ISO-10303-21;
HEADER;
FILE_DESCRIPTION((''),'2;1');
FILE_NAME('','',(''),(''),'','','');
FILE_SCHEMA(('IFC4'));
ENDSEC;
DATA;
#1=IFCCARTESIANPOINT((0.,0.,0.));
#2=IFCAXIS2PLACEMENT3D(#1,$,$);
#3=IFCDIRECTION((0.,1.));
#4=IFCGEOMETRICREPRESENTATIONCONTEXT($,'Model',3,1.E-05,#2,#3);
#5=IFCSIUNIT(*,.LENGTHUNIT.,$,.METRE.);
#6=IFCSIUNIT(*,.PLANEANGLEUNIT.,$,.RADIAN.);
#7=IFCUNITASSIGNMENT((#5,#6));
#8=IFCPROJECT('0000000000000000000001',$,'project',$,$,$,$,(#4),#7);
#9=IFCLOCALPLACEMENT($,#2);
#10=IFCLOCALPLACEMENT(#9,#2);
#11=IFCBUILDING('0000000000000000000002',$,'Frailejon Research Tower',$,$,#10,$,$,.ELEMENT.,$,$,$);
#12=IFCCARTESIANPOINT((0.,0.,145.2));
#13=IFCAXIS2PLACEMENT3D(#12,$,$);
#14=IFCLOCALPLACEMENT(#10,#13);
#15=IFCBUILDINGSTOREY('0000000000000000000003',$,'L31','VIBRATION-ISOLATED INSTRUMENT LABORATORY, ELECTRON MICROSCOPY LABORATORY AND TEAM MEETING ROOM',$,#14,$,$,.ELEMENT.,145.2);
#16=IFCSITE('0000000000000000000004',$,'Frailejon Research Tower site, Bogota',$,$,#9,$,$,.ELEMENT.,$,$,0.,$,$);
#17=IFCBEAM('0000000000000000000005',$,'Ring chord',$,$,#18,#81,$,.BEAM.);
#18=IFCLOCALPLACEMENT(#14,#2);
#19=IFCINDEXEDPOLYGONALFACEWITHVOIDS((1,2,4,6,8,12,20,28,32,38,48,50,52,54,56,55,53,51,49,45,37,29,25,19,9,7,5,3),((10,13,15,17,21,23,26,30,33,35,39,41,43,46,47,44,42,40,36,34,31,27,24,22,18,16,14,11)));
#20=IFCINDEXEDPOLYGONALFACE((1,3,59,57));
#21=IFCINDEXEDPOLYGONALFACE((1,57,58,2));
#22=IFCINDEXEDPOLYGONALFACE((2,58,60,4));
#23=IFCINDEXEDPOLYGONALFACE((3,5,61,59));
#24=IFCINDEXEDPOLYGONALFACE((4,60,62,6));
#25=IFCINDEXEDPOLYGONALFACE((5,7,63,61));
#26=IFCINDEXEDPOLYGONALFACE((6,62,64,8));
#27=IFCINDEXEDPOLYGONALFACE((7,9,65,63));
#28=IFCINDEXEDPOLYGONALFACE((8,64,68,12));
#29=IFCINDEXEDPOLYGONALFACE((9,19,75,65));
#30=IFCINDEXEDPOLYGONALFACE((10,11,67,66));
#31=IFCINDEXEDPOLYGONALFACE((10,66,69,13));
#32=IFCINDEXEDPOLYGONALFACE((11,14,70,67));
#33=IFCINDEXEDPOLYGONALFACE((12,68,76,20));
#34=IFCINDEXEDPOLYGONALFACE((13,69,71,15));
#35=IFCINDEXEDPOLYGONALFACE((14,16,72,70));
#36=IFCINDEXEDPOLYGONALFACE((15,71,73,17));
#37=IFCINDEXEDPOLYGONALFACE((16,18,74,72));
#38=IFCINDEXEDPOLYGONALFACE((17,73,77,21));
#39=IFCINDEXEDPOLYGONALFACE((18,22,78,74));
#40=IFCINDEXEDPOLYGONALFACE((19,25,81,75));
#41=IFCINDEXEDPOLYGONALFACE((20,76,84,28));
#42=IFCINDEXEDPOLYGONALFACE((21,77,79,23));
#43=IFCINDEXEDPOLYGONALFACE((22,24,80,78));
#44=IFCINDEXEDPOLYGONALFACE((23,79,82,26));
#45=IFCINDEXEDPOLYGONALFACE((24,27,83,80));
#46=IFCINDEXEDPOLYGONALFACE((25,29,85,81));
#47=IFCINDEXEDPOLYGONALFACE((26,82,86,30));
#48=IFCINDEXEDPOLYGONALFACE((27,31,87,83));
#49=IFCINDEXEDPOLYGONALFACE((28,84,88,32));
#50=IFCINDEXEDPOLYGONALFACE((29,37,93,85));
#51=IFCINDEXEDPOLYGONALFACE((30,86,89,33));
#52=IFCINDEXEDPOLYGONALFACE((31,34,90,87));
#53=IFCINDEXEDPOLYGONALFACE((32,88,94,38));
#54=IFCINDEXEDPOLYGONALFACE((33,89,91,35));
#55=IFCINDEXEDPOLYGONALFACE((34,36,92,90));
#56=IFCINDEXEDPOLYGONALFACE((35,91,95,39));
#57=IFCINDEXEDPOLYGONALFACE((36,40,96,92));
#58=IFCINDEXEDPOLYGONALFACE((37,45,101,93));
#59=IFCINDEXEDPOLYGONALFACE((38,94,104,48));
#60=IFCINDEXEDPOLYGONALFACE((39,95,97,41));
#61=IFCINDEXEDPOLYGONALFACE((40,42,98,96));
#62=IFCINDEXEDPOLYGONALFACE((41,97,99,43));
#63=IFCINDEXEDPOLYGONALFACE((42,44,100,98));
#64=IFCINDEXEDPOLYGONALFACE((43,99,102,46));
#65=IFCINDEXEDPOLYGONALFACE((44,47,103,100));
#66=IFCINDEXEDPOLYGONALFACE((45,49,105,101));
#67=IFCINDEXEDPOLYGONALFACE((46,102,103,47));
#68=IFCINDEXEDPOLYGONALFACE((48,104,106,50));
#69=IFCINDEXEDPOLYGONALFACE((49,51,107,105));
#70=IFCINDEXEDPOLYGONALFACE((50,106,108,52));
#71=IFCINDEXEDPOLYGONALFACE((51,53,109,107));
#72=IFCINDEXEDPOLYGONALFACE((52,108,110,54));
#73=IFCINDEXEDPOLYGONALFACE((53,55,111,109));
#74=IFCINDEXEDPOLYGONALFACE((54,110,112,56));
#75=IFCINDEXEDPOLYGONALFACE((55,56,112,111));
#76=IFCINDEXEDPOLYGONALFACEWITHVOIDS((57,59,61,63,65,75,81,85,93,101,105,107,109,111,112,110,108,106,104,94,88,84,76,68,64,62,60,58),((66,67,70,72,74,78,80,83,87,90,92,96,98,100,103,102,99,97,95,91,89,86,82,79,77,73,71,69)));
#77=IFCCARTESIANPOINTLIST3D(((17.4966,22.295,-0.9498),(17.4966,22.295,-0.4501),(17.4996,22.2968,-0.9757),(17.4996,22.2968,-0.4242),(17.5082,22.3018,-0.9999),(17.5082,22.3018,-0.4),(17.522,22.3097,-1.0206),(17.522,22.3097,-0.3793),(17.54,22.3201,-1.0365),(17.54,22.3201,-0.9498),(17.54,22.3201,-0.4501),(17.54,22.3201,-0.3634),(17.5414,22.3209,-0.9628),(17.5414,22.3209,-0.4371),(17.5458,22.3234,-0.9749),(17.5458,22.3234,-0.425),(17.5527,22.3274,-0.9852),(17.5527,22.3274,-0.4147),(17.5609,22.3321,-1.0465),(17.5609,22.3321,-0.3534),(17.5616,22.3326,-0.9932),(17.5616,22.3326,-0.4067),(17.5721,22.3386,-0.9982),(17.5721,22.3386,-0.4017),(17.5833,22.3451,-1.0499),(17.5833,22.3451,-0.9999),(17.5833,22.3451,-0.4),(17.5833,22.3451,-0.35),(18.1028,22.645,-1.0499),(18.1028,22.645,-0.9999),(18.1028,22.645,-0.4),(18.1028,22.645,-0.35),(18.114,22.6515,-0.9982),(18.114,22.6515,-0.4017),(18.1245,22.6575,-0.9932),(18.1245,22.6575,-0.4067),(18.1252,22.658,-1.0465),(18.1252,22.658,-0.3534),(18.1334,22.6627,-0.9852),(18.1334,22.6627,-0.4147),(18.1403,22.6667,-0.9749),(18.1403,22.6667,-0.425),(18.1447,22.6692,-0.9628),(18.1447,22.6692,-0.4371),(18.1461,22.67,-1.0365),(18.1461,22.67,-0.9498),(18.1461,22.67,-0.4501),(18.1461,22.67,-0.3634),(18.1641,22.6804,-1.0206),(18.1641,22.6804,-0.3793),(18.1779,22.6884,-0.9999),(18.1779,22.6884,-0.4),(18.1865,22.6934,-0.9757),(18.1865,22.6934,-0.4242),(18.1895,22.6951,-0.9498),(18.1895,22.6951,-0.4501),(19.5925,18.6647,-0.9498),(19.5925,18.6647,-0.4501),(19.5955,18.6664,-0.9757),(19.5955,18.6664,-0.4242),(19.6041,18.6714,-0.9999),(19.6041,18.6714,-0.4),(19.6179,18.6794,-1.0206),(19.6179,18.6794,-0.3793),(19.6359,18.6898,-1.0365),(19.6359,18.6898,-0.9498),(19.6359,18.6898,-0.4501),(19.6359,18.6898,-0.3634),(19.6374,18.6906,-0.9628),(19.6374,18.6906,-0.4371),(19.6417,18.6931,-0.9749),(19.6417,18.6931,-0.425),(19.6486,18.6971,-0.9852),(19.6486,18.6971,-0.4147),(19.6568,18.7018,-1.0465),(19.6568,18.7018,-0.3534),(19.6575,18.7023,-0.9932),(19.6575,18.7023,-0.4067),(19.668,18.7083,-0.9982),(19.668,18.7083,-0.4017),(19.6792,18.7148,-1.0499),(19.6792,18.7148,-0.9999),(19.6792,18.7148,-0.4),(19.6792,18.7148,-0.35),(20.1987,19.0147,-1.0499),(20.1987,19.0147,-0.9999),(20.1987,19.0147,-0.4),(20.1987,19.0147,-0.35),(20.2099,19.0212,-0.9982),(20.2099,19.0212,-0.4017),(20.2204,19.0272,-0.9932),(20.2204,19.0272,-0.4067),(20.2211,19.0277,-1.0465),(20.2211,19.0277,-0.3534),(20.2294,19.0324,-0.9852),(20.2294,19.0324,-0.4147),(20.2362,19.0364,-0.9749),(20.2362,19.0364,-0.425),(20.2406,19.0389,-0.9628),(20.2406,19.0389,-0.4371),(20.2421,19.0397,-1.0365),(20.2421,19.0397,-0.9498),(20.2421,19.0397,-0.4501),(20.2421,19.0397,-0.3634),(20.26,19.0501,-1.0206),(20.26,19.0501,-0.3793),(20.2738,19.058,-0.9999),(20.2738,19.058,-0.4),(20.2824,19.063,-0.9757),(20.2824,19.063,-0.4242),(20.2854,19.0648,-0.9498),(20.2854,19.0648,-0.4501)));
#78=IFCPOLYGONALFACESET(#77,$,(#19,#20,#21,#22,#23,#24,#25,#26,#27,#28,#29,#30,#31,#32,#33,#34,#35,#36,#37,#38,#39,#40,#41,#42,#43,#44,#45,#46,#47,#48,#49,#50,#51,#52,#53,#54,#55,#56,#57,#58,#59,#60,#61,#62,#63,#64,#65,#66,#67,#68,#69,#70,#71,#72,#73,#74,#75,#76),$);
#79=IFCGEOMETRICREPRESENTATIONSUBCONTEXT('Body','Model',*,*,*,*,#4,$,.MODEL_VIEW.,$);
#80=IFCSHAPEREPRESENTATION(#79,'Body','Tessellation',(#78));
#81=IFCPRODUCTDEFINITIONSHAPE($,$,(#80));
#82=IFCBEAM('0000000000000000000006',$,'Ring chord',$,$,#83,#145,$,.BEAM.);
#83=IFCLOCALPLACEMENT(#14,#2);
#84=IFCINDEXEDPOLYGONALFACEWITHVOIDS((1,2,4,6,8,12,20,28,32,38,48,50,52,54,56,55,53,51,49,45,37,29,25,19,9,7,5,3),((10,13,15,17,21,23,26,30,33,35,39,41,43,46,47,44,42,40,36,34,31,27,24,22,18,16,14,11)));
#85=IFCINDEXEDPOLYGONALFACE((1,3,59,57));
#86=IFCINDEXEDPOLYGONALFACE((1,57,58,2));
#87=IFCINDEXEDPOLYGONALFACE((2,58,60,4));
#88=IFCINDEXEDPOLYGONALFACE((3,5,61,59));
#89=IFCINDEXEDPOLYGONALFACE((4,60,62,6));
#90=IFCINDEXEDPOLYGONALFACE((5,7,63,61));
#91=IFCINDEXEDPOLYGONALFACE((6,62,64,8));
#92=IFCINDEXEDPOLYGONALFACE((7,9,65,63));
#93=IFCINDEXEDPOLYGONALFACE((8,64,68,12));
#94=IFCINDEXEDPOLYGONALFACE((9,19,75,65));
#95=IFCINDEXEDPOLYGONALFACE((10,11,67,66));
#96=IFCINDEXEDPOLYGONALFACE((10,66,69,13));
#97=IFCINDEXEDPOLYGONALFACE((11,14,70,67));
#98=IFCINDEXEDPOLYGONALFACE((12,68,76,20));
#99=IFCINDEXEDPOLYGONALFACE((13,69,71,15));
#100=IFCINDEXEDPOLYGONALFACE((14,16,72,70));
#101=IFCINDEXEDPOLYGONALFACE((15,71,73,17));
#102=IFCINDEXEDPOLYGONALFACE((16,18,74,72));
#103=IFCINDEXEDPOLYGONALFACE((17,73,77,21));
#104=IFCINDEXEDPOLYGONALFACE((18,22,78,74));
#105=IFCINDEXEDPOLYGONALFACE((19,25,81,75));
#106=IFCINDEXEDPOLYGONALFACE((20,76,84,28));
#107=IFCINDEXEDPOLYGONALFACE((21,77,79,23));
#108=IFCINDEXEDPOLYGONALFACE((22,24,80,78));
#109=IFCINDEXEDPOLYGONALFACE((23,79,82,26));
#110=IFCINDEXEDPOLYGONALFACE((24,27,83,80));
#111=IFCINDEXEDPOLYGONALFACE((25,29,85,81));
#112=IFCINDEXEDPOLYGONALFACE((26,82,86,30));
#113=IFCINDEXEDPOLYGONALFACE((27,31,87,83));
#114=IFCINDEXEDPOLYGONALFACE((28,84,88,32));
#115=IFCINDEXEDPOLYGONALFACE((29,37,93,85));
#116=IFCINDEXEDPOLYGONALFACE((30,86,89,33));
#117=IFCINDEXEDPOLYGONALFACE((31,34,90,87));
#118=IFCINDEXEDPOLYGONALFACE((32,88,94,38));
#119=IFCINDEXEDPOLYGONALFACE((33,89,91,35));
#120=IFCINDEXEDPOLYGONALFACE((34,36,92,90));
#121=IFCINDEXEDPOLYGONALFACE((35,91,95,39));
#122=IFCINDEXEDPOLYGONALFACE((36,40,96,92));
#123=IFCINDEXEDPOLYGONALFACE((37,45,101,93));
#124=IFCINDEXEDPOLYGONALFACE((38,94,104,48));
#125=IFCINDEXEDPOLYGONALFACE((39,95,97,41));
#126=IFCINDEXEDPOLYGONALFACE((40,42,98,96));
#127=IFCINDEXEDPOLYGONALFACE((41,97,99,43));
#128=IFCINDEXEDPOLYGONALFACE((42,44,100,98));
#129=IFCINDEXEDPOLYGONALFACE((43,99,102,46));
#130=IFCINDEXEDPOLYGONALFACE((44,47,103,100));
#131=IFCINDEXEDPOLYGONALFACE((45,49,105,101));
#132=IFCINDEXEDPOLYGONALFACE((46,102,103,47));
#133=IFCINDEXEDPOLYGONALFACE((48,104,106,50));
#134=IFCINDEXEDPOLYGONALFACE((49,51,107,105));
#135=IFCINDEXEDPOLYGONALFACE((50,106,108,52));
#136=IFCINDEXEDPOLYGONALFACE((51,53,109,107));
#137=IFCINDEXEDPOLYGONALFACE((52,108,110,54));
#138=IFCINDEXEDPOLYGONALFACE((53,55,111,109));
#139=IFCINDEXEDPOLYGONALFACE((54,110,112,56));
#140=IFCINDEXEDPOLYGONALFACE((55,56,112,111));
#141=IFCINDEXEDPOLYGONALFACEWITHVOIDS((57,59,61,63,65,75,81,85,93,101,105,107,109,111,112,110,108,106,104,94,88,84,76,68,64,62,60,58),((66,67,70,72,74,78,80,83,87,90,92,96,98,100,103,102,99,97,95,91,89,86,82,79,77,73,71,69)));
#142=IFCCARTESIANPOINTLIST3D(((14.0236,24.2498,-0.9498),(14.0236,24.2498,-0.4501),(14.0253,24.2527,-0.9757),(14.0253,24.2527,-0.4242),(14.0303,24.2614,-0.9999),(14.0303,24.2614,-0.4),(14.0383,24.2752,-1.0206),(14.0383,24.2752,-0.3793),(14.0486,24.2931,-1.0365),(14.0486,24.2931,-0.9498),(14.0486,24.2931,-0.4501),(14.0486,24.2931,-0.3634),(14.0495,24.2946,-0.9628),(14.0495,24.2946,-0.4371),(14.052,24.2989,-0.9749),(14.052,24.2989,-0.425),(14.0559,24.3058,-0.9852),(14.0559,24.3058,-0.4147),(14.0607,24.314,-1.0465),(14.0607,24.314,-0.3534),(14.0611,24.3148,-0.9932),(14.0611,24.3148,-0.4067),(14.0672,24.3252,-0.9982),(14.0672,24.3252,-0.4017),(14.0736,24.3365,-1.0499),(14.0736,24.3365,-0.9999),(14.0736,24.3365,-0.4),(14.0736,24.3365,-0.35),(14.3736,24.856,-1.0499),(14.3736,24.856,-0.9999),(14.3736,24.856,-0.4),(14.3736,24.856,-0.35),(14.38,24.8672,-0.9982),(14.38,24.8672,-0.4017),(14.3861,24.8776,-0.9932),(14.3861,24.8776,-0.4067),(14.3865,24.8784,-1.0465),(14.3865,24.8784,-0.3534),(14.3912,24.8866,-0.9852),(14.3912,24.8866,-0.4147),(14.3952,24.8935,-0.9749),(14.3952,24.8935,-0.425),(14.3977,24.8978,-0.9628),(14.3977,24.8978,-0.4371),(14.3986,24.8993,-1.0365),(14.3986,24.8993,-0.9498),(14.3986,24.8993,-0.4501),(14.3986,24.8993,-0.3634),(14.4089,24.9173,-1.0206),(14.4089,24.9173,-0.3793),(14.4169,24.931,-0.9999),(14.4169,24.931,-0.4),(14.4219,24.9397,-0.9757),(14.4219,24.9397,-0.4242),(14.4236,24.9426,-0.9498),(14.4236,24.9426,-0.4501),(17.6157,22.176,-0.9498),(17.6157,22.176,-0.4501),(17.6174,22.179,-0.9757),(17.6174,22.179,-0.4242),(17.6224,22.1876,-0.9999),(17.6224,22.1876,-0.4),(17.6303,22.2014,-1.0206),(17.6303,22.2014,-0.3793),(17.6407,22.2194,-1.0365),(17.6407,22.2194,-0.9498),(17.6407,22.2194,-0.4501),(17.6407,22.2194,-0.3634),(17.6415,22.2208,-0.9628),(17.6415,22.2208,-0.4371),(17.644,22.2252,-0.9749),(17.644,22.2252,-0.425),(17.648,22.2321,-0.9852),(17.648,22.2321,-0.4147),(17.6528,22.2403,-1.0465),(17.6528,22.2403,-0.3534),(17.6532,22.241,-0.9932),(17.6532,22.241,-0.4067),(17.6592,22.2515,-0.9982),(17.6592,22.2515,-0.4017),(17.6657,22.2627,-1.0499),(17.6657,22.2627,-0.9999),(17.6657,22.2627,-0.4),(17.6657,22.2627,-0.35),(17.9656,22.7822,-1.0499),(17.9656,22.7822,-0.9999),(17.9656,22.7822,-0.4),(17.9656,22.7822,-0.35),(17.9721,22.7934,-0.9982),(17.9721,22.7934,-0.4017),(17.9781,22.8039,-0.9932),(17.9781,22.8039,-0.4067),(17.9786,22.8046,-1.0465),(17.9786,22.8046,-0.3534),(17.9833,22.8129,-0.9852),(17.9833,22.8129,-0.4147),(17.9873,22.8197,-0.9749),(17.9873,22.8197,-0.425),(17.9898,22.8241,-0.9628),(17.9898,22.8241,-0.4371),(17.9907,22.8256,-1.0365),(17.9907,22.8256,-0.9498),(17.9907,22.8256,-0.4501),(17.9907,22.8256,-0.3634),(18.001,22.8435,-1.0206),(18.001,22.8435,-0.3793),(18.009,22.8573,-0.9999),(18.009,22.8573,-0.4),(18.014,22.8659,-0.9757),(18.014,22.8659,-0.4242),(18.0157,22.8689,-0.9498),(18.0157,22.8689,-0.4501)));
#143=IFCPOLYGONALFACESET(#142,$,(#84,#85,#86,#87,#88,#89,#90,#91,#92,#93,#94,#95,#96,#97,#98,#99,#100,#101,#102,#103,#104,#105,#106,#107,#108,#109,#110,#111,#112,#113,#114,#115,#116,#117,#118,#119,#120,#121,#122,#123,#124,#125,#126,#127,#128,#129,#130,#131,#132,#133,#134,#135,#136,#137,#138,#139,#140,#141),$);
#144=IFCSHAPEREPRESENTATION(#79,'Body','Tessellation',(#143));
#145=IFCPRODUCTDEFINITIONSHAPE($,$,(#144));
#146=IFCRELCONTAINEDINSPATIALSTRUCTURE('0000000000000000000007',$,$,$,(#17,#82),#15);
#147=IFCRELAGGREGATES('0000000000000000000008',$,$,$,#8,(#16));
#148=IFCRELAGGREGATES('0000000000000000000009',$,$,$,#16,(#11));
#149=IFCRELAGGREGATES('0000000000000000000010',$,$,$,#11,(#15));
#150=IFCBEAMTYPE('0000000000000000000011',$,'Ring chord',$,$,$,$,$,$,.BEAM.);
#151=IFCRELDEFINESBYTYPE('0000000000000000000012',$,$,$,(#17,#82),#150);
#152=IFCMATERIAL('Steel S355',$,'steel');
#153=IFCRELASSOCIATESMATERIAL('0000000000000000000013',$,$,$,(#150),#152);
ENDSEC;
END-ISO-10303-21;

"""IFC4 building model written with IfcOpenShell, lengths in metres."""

from ifc_helpers import new_model, si_unit, direction, frame, origin, origin_2d, place, context, subcontext, project, spatial, hollow_rectangle, extrude, material, material_profile, profile_set, type_object, element, save


model = new_model("IFC4")

# Units and contexts
model_context = context("Model", 3, precision=1e-05, world=origin(), true_north=direction((0.0, 1.0)))
body_context = subcontext(model_context, "Body", "Model", "MODEL_VIEW")
ifc_project = project(units=[si_unit("LENGTHUNIT", "METRE"), si_unit("PLANEANGLEUNIT", "RADIAN")], contexts=[model_context])

# Site, building, storey
site_placement = place(None, origin())
site = spatial("IfcSite", under=ifc_project, at=site_placement, Name="Frailejon Research Tower site, Bogota", CompositionType="ELEMENT", RefElevation=0.0)
building_placement = place(site_placement, origin())
building = spatial("IfcBuilding", under=site, at=building_placement, Name="Frailejon Research Tower", CompositionType="ELEMENT")
storey_placement = place(building_placement, frame((0.0, 0.0, 145.2)))
storey = spatial("IfcBuildingStorey", under=building, at=storey_placement, Name="L31", Description="VIBRATION-ISOLATED INSTRUMENT LABORATORY, ELECTRON MICROSCOPY LABORATORY AND TEAM MEETING ROOM", CompositionType="ELEMENT", Elevation=145.2)

# Beams
ifc_material_1 = material(Name="Steel S355", Category="steel")
ifc_material_profile_1 = material_profile(ifc_material_1, hollow_rectangle(XDim=0.8, YDim=0.7, WallThickness=0.05, InnerFilletRadius=0.05, OuterFilletRadius=0.1001, at=origin_2d()), Name="Ring chord")
ifc_profile_set_1 = profile_set([ifc_material_profile_1], Name="Steel S355")
beam_type_1 = type_object("IfcBeamType", Name="Ring chord", PredefinedType="BEAM", material=ifc_profile_set_1)
for number, where, z_axis, x_axis, name in (
    (1, (19.939, 18.8647, -0.7), (-0.499991, 0.86603, 0.0), (-0.86603, -0.499991, 0.0), "Ring chord"),
):
    element("IfcBeam", number, at=place(storey_placement, frame(where, z_axis=z_axis, x_axis=x_axis)), inside=storey, type_object=beam_type_1, Name=name, PredefinedType="BEAM", context=body_context, shape_type="SweptSolid", body=[
        extrude(hollow_rectangle(XDim=0.8, YDim=0.7, WallThickness=0.05, InnerFilletRadius=0.05, OuterFilletRadius=0.1001, at=origin_2d()), origin(), (0.0, 0.0, 1.0), 4.1919),
    ])
beam_1_placement = place(storey_placement, frame((17.8157, 22.5225, -0.7), z_axis=(-0.86604, 0.499976, 0.0), x_axis=(-0.499976, -0.86604, 0.0)))
element("IfcBeam", 2, at=beam_1_placement, inside=storey, type_object=beam_type_1, Name="Ring chord", PredefinedType="BEAM", context=body_context, shape_type="SweptSolid", body=[
    extrude(hollow_rectangle(XDim=0.8, YDim=0.7, WallThickness=0.05, InnerFilletRadius=0.05, OuterFilletRadius=0.1001, at=origin_2d()), origin(), (0.0, 0.0, 1.0), 4.1477),
])

save(model, "model.ifc")
